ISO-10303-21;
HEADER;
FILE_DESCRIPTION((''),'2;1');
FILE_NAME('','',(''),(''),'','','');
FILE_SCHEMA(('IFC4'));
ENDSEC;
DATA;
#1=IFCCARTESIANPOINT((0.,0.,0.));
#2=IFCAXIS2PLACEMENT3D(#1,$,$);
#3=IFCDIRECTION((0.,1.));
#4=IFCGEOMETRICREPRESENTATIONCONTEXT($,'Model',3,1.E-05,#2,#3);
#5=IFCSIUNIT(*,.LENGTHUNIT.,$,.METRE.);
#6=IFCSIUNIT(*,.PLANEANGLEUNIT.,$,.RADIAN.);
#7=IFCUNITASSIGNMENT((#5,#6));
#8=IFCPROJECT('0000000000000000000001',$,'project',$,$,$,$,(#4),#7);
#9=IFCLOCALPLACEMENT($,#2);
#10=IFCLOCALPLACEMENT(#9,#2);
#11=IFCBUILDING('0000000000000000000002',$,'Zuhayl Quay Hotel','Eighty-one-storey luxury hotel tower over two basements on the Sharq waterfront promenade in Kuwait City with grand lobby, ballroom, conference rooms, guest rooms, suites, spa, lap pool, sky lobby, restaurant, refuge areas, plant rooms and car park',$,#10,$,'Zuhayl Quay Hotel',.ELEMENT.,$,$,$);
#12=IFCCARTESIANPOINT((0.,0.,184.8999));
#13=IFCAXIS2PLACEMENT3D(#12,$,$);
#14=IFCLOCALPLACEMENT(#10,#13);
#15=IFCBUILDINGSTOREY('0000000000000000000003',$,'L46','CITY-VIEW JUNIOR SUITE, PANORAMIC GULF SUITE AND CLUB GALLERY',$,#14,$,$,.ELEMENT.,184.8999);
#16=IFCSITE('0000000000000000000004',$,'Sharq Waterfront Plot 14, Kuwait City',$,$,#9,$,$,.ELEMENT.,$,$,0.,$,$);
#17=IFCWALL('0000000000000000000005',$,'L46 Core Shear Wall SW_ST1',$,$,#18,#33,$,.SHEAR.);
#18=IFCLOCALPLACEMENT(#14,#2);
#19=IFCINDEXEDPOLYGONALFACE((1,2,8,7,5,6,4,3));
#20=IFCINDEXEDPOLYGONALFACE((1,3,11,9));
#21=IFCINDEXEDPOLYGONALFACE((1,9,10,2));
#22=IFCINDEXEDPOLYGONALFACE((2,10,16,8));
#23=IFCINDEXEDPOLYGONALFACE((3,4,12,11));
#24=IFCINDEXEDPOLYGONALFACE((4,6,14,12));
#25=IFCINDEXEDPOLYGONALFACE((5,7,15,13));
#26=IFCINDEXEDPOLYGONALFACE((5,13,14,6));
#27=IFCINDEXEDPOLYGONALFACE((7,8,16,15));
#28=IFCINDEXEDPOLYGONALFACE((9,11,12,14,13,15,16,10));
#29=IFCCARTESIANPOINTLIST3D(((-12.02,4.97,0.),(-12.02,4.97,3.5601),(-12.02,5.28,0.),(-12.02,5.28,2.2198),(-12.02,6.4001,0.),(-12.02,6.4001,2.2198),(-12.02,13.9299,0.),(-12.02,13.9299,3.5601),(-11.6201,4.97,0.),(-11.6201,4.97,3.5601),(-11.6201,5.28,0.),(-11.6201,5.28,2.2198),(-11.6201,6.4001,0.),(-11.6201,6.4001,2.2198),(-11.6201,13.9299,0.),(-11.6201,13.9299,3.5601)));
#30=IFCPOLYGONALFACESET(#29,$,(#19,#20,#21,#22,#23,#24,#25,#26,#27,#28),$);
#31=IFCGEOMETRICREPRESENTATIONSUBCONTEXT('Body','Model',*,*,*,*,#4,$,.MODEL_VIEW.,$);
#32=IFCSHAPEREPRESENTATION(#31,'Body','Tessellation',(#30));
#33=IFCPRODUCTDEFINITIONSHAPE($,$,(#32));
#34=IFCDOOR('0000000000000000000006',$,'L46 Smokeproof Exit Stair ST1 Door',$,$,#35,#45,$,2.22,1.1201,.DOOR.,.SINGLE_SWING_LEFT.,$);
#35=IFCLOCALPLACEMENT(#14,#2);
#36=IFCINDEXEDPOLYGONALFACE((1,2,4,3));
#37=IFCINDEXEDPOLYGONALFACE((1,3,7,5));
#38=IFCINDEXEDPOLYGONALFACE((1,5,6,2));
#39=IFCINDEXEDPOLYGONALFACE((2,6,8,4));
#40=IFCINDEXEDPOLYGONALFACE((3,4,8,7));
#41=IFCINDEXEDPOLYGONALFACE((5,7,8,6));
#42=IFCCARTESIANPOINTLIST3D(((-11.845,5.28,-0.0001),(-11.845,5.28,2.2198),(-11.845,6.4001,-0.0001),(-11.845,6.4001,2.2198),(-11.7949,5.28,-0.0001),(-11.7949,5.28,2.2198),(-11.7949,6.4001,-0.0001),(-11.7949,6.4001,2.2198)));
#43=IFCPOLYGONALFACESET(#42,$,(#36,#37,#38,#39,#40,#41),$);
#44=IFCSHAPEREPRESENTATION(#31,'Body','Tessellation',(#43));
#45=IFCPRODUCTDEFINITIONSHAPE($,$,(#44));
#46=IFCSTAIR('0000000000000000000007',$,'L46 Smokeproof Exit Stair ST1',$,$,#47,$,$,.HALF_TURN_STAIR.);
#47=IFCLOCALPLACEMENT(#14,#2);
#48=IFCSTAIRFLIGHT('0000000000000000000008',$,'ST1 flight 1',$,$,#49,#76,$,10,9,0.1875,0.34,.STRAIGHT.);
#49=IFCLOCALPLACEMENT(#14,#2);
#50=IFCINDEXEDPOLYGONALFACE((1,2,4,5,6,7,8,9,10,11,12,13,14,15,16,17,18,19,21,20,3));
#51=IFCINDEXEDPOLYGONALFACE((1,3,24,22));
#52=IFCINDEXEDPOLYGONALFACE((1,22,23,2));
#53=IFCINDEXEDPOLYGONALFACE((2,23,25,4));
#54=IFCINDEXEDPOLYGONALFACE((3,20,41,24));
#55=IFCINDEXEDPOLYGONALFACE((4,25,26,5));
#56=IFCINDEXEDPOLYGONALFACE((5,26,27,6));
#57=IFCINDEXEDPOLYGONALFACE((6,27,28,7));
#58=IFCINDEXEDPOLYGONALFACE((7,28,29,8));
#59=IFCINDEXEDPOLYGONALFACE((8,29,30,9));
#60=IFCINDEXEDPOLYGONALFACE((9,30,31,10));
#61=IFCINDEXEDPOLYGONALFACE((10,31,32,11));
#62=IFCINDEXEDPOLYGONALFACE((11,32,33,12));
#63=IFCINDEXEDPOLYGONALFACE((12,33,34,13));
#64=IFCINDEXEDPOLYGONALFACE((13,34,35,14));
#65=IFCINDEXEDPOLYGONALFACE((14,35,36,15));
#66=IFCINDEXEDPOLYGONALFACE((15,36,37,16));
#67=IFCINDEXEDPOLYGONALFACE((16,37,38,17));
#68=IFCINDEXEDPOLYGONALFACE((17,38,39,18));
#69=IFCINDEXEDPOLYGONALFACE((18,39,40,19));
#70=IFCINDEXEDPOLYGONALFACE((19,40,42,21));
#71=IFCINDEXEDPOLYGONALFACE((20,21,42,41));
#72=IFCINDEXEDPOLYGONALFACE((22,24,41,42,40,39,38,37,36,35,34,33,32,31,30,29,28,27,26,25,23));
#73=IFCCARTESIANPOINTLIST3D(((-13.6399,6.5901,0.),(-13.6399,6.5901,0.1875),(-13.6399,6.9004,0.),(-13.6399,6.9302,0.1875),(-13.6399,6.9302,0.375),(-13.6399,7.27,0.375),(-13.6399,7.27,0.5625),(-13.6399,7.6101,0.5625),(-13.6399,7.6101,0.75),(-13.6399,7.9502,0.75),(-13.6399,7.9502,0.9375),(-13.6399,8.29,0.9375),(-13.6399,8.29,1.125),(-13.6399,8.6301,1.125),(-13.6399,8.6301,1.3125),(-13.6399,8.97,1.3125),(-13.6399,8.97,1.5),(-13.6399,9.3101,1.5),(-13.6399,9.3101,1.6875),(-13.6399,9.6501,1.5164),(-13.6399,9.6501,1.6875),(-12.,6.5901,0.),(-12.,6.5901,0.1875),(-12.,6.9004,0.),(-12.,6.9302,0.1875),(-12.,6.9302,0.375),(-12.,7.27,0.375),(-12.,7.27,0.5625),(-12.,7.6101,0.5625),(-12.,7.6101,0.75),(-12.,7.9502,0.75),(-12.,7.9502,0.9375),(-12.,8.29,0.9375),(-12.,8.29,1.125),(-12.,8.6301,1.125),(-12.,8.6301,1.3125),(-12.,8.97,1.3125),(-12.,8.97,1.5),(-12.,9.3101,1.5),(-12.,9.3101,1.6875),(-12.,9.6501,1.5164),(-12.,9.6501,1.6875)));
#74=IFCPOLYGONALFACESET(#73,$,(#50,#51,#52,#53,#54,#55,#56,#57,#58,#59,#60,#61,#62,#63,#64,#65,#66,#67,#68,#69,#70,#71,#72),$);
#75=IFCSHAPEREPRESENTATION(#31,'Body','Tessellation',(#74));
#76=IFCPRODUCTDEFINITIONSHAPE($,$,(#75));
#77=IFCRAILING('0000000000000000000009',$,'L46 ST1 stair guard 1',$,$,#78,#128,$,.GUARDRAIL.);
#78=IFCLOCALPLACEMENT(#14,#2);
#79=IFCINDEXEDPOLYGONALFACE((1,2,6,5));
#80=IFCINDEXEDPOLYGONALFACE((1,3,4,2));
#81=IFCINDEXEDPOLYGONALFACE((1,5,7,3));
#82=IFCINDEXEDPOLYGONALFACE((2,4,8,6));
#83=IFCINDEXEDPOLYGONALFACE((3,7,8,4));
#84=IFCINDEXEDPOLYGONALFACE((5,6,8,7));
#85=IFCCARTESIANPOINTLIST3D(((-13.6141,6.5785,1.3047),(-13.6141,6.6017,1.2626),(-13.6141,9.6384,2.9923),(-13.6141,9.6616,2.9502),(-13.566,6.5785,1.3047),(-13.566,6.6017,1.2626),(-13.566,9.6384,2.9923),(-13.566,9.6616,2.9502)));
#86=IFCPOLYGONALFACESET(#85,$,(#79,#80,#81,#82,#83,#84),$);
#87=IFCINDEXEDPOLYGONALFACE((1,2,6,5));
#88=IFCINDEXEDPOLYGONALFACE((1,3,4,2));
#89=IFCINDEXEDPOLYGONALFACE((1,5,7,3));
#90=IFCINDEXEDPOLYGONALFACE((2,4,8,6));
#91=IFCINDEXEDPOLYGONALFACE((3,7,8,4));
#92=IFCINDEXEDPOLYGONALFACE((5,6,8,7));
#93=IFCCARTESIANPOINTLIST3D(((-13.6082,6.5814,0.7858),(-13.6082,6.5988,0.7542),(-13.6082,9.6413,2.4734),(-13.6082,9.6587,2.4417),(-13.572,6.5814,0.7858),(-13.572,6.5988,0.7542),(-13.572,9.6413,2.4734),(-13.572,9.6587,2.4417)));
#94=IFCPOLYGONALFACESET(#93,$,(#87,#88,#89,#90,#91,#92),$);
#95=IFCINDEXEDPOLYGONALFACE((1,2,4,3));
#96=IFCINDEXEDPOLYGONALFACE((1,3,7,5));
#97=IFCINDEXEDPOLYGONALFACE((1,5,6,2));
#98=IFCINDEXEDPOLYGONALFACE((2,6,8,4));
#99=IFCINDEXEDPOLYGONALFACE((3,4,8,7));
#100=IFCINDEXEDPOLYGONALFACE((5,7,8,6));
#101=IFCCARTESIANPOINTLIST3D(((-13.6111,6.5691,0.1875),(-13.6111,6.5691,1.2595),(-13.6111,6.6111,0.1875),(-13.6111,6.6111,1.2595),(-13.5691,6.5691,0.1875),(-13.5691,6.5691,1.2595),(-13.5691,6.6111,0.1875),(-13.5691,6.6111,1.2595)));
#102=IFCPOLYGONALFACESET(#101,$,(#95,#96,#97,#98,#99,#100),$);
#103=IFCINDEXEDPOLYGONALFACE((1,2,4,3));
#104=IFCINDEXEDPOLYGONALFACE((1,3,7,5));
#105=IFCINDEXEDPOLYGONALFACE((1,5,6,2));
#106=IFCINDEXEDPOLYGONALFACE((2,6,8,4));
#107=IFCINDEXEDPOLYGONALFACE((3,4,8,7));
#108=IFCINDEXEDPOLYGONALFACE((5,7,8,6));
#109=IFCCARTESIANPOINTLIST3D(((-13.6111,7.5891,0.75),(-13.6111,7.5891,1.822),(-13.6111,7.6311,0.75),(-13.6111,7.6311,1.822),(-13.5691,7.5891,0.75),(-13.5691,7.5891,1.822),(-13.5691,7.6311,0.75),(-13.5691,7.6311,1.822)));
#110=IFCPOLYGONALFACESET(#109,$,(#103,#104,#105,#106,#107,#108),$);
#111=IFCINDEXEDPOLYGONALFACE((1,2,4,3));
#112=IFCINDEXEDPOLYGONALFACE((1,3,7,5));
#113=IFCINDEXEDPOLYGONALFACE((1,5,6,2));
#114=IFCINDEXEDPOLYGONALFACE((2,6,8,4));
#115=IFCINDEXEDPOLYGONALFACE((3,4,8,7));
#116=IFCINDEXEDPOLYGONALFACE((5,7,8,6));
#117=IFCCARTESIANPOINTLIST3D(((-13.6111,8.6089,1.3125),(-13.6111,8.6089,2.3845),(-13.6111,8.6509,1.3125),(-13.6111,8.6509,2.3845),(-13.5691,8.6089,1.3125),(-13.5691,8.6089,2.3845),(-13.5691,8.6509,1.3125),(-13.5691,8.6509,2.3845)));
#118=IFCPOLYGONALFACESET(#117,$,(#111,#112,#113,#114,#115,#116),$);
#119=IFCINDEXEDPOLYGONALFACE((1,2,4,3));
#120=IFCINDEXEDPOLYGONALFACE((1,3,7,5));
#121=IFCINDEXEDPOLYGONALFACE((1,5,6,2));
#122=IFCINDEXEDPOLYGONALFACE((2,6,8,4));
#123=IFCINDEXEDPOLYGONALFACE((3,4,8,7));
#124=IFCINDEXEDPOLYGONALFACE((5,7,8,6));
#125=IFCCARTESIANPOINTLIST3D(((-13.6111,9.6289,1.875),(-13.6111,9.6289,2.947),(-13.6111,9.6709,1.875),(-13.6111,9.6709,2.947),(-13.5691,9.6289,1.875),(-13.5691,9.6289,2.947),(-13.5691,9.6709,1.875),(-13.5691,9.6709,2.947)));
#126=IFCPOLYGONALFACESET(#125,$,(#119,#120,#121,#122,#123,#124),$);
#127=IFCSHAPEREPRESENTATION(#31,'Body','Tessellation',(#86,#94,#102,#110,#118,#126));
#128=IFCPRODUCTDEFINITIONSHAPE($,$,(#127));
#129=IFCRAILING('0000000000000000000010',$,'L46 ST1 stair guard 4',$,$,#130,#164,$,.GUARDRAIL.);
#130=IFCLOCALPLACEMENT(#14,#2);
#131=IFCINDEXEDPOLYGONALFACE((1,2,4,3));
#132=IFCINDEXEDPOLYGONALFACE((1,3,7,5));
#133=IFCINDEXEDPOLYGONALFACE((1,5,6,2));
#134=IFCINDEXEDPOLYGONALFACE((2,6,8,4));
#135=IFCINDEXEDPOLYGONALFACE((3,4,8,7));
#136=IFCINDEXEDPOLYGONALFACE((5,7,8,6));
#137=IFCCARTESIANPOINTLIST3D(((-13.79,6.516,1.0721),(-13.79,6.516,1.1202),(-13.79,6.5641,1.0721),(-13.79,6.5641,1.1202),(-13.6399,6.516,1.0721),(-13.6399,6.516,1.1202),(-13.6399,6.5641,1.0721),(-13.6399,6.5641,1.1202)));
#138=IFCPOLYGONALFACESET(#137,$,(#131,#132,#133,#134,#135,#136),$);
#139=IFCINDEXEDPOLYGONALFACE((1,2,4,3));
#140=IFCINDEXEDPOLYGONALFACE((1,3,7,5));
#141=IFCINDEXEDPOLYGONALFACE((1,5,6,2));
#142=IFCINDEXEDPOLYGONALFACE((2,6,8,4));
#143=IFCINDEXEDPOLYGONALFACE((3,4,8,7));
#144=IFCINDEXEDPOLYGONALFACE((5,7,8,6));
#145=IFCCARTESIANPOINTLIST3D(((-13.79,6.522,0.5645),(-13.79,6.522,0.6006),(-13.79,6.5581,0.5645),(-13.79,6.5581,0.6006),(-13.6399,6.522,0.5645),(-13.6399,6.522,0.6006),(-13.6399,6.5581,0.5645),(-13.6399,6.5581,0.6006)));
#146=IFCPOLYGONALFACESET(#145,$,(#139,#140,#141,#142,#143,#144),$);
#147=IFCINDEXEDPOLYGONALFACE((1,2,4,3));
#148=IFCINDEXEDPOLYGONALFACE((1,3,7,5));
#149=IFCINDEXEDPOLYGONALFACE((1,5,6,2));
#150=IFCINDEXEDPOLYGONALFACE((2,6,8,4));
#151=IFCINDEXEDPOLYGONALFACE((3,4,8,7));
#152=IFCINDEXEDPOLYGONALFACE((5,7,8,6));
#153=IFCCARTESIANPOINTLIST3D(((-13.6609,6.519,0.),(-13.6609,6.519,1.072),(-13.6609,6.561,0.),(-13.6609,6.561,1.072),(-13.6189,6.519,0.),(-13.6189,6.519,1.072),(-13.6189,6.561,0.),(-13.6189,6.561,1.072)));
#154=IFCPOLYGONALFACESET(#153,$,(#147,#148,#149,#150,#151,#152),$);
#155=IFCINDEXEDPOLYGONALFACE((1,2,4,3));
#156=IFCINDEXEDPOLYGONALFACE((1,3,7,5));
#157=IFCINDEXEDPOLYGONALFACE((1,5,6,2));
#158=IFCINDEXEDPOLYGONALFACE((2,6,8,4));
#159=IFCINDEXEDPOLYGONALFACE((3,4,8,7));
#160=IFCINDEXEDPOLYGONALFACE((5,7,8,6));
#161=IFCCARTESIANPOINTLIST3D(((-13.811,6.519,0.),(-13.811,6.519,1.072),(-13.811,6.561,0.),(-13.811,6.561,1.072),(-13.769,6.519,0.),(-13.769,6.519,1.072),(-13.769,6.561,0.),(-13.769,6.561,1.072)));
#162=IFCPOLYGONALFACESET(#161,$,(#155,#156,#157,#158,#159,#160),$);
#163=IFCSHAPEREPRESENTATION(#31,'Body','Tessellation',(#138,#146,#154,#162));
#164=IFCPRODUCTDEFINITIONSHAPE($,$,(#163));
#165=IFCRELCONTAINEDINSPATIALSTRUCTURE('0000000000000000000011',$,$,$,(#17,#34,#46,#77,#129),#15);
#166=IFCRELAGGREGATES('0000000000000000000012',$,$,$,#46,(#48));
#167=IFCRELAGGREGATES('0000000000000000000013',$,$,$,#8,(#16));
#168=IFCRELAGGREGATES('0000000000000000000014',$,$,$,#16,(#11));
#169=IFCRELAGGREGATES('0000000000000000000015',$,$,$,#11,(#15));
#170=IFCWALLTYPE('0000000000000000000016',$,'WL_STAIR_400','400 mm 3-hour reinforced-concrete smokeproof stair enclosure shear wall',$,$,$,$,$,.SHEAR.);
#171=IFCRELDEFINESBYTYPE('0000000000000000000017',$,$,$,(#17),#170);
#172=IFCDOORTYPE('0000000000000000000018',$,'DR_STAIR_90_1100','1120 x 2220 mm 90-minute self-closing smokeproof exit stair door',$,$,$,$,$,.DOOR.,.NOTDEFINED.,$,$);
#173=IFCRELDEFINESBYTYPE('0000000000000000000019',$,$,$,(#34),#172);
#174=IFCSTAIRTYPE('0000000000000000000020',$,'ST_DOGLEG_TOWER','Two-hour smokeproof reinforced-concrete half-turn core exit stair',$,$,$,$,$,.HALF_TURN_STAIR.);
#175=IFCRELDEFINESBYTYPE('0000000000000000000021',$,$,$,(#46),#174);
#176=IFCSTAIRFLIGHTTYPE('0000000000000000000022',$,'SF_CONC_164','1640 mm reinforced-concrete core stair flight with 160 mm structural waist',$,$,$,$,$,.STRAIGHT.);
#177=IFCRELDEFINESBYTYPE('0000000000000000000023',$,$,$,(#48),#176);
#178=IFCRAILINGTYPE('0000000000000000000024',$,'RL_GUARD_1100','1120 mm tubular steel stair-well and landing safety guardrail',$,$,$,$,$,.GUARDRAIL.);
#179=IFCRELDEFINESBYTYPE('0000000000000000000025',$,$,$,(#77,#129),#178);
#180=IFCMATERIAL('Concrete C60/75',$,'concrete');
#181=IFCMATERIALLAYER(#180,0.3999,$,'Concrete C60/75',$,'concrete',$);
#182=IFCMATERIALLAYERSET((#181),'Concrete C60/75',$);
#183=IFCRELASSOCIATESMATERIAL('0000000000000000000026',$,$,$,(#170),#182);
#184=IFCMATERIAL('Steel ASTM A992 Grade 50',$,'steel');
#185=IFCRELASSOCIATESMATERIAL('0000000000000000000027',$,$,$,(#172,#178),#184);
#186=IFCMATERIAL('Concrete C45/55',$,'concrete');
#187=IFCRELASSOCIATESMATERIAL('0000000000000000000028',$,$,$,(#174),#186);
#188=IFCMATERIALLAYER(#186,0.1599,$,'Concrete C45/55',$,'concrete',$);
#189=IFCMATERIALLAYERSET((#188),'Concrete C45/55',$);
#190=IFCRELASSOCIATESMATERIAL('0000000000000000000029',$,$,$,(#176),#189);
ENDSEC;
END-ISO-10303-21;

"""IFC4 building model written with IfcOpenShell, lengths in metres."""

from ifc_helpers import new_model, si_unit, direction, frame, frame_2d, origin, origin_2d, place, context, subcontext, project, spatial, polyline, rectangle, outline, extrude, material, layer, layer_set, type_object, element, fill, aggregate, save


model = new_model("IFC4")

# Units and contexts
model_context = context("Model", 3, precision=1e-05, world=origin(), true_north=direction((0.0, 1.0)))
body_context = subcontext(model_context, "Body", "Model", "MODEL_VIEW")
ifc_project = project(units=[si_unit("LENGTHUNIT", "METRE"), si_unit("PLANEANGLEUNIT", "RADIAN")], contexts=[model_context])

# Site, building, storey
site_placement = place(None, origin())
site = spatial("IfcSite", under=ifc_project, at=site_placement, Name="Sharq Waterfront Plot 14, Kuwait City", CompositionType="ELEMENT", RefElevation=0.0)
building_placement = place(site_placement, origin())
building = spatial("IfcBuilding", under=site, at=building_placement, Name="Zuhayl Quay Hotel", Description="Eighty-one-storey luxury hotel tower over two basements on the Sharq waterfront promenade in Kuwait City with grand lobby, ballroom, conference rooms, guest rooms, suites, spa, lap pool, sky lobby, restaurant, refuge areas, plant rooms and car park", LongName="Zuhayl Quay Hotel", CompositionType="ELEMENT")
storey_placement = place(building_placement, frame((0.0, 0.0, 184.8999)))
storey = spatial("IfcBuildingStorey", under=building, at=storey_placement, Name="L46", Description="CITY-VIEW JUNIOR SUITE, PANORAMIC GULF SUITE AND CLUB GALLERY", CompositionType="ELEMENT", Elevation=184.8999)

# Shared definitions
ifc_material_1 = material(Name="Concrete C60/75", Category="concrete")

# Shared definitions
ifc_material_2 = material(Name="Steel ASTM A992 Grade 50", Category="steel")

# Wall, opening, door
ifc_layer_1 = layer(ifc_material_1, 0.3999, Name="Concrete C60/75", Category="concrete")
ifc_layer_set_1 = layer_set([ifc_layer_1], Name="Concrete C60/75")
wall_type_1 = type_object("IfcWallType", Name="WL_STAIR_400", Description="400 mm 3-hour reinforced-concrete smokeproof stair enclosure shear wall", PredefinedType="SHEAR", material=ifc_layer_set_1)
wall_1_placement = place(storey_placement, frame((-11.8201, 4.97, 0.0), z_axis=(0.0, 0.0, 1.0), x_axis=(0.0, 1.0, 0.0)))
wall_1 = element("IfcWall", 1, at=wall_1_placement, inside=storey, type_object=wall_type_1, Name="L46 Core Shear Wall SW_ST1", PredefinedType="SHEAR", context=body_context, shape_type="SweptSolid", body=[
    extrude(rectangle(XDim=8.96, YDim=0.3999, at=frame_2d((4.48, 0.0))), origin(), (0.0, 0.0, 1.0), 3.5601),
])
opening_1_placement = place(wall_1_placement, frame((0.3101, 0.0, 0.0)))
opening_1 = element("IfcOpeningElement", 2, at=opening_1_placement, cuts=wall_1, PredefinedType="OPENING", context=body_context, shape_type="SweptSolid", body=[
    extrude(rectangle(XDim=1.1201, YDim=2.22, at=frame_2d((0.5601, 1.1099))), frame((0.0, 0.21, 0.0), z_axis=(0.0, -1.0, 0.0), x_axis=(1.0, 0.0, 0.0)), (0.0, 0.0, 1.0), 0.4199),
])
door_type_1 = type_object("IfcDoorType", Name="DR_STAIR_90_1100", Description="1120 x 2220 mm 90-minute self-closing smokeproof exit stair door", OperationType="NOTDEFINED", PredefinedType="DOOR", material=ifc_material_2)
door_1_placement = place(opening_1_placement, origin())
door_1 = element("IfcDoor", 3, at=door_1_placement, inside=storey, type_object=door_type_1, Name="L46 Smokeproof Exit Stair ST1 Door", OperationType="SINGLE_SWING_LEFT", OverallHeight=2.22, OverallWidth=1.1201, PredefinedType="DOOR", context=body_context, shape_type="SweptSolid", body=[
    extrude(rectangle(XDim=1.1201, YDim=2.22, at=frame_2d((0.5601, 1.1099))), frame((0.0, 0.0249, 0.0), z_axis=(0.0, -1.0, 0.0), x_axis=(1.0, 0.0, 0.0)), (0.0, 0.0, 1.0), 0.05),
])
fill(opening_1, door_1)

# Stair, stair flight
ifc_material_3 = material(Name="Concrete C45/55", Category="concrete")
stair_type = type_object("IfcStairType", Name="ST_DOGLEG_TOWER", Description="Two-hour smokeproof reinforced-concrete half-turn core exit stair", PredefinedType="HALF_TURN_STAIR", material=ifc_material_3)
stair_placement = place(storey_placement, origin())
stair = element("IfcStair", 4, at=stair_placement, inside=storey, type_object=stair_type, Name="L46 Smokeproof Exit Stair ST1", PredefinedType="HALF_TURN_STAIR")
ifc_layer_2 = layer(ifc_material_3, 0.1599, Name="Concrete C45/55", Category="concrete")
ifc_layer_set_2 = layer_set([ifc_layer_2], Name="Concrete C45/55")
stair_flight_type = type_object("IfcStairFlightType", Name="SF_CONC_164", Description="1640 mm reinforced-concrete core stair flight with 160 mm structural waist", PredefinedType="STRAIGHT", material=ifc_layer_set_2)
stair_flight_placement = place(storey_placement, frame((-12.8201, 6.5901, 0.0), z_axis=(0.0, 0.0, 1.0), x_axis=(0.0, 1.0, 0.0)))
stair_flight = element("IfcStairFlight", 5, at=stair_flight_placement, type_object=stair_flight_type, Name="ST1 flight 1", NumberOfRisers=10, NumberOfTreads=9, PredefinedType="STRAIGHT", RiserHeight=0.1875, TreadLength=0.34, context=body_context, shape_type="SweptSolid", body=[
    extrude(outline(polyline([(0.0, 0.0), (0.0, 0.1875), (0.3401, 0.1875), (0.3401, 0.375), (0.6799, 0.375), (0.6799, 0.5625), (1.02, 0.5625), (1.02, 0.75), (1.3601, 0.75), (1.3601, 0.9375), (1.7, 0.9375), (1.7, 1.125), (2.04, 1.125), (2.04, 1.3125), (2.3799, 1.3125), (2.3799, 1.5), (2.72, 1.5), (2.72, 1.6875), (3.0601, 1.6875), (3.0601, 1.875), (3.0601, 1.5164), (0.3103, 0.0), (0.0, 0.0)])), frame((0.0, 0.8198, 0.0), z_axis=(0.0, -1.0, 0.0), x_axis=(1.0, 0.0, 0.0)), (0.0, 0.0, 1.0), 1.6399),
])
aggregate(stair, [stair_flight])

# Railings
railing_type_1 = type_object("IfcRailingType", Name="RL_GUARD_1100", Description="1120 mm tubular steel stair-well and landing safety guardrail", PredefinedType="GUARDRAIL", material=ifc_material_2)
railing_1_placement = place(storey_placement, frame((-13.5901, 6.5901, 0.1875)))
element("IfcRailing", 6, at=railing_1_placement, inside=storey, type_object=railing_type_1, Name="L46 ST1 stair guard 1", PredefinedType="GUARDRAIL", context=body_context, shape_type="SweptSolid", body=[
    extrude(rectangle(XDim=0.0481, YDim=0.0481, at=origin_2d()), frame((0.0, 0.0, 1.0962), z_axis=(0.0, 0.875659, 0.48293), x_axis=(-1.0, 0.0, 0.0)), (0.0, 0.0, 1.0), 3.4944),
    extrude(rectangle(XDim=0.0361, YDim=0.0361, at=origin_2d()), frame((0.0, 0.0, 0.5825), z_axis=(0.0, 0.875659, 0.48293), x_axis=(-1.0, 0.0, 0.0)), (0.0, 0.0, 1.0), 3.4944),
    extrude(rectangle(XDim=0.042, YDim=0.042, at=origin_2d()), origin(), (0.0, 0.0, 1.0), 1.072),
    extrude(rectangle(XDim=0.042, YDim=0.042, at=origin_2d()), frame((0.0, 1.02, 0.5625)), (0.0, 0.0, 1.0), 1.072),
    extrude(rectangle(XDim=0.042, YDim=0.042, at=origin_2d()), frame((0.0, 2.0398, 1.125)), (0.0, 0.0, 1.0), 1.072),
    extrude(rectangle(XDim=0.042, YDim=0.042, at=origin_2d()), frame((0.0, 3.0598, 1.6875)), (0.0, 0.0, 1.0), 1.072),
])
railing_2_placement = place(storey_placement, frame((-13.6399, 6.54, 0.0)))
element("IfcRailing", 7, at=railing_2_placement, inside=storey, type_object=railing_type_1, Name="L46 ST1 stair guard 4", PredefinedType="GUARDRAIL", context=body_context, shape_type="SweptSolid", body=[
    extrude(rectangle(XDim=0.0481, YDim=0.0481, at=origin_2d()), frame((0.0, 0.0, 1.0962), z_axis=(-1.0, 0.0, 0.0), x_axis=(0.0, -1.0, 0.0)), (0.0, 0.0, 1.0), 0.1501),
    extrude(rectangle(XDim=0.0361, YDim=0.0361, at=origin_2d()), frame((0.0, 0.0, 0.5825), z_axis=(-1.0, 0.0, 0.0), x_axis=(0.0, -1.0, 0.0)), (0.0, 0.0, 1.0), 0.1501),
    extrude(rectangle(XDim=0.042, YDim=0.042, at=origin_2d()), origin(), (0.0, 0.0, 1.0), 1.072),
    extrude(rectangle(XDim=0.042, YDim=0.042, at=origin_2d()), frame((-0.1501, 0.0, 0.0)), (0.0, 0.0, 1.0), 1.072),
])

save(model, "model.ifc")
